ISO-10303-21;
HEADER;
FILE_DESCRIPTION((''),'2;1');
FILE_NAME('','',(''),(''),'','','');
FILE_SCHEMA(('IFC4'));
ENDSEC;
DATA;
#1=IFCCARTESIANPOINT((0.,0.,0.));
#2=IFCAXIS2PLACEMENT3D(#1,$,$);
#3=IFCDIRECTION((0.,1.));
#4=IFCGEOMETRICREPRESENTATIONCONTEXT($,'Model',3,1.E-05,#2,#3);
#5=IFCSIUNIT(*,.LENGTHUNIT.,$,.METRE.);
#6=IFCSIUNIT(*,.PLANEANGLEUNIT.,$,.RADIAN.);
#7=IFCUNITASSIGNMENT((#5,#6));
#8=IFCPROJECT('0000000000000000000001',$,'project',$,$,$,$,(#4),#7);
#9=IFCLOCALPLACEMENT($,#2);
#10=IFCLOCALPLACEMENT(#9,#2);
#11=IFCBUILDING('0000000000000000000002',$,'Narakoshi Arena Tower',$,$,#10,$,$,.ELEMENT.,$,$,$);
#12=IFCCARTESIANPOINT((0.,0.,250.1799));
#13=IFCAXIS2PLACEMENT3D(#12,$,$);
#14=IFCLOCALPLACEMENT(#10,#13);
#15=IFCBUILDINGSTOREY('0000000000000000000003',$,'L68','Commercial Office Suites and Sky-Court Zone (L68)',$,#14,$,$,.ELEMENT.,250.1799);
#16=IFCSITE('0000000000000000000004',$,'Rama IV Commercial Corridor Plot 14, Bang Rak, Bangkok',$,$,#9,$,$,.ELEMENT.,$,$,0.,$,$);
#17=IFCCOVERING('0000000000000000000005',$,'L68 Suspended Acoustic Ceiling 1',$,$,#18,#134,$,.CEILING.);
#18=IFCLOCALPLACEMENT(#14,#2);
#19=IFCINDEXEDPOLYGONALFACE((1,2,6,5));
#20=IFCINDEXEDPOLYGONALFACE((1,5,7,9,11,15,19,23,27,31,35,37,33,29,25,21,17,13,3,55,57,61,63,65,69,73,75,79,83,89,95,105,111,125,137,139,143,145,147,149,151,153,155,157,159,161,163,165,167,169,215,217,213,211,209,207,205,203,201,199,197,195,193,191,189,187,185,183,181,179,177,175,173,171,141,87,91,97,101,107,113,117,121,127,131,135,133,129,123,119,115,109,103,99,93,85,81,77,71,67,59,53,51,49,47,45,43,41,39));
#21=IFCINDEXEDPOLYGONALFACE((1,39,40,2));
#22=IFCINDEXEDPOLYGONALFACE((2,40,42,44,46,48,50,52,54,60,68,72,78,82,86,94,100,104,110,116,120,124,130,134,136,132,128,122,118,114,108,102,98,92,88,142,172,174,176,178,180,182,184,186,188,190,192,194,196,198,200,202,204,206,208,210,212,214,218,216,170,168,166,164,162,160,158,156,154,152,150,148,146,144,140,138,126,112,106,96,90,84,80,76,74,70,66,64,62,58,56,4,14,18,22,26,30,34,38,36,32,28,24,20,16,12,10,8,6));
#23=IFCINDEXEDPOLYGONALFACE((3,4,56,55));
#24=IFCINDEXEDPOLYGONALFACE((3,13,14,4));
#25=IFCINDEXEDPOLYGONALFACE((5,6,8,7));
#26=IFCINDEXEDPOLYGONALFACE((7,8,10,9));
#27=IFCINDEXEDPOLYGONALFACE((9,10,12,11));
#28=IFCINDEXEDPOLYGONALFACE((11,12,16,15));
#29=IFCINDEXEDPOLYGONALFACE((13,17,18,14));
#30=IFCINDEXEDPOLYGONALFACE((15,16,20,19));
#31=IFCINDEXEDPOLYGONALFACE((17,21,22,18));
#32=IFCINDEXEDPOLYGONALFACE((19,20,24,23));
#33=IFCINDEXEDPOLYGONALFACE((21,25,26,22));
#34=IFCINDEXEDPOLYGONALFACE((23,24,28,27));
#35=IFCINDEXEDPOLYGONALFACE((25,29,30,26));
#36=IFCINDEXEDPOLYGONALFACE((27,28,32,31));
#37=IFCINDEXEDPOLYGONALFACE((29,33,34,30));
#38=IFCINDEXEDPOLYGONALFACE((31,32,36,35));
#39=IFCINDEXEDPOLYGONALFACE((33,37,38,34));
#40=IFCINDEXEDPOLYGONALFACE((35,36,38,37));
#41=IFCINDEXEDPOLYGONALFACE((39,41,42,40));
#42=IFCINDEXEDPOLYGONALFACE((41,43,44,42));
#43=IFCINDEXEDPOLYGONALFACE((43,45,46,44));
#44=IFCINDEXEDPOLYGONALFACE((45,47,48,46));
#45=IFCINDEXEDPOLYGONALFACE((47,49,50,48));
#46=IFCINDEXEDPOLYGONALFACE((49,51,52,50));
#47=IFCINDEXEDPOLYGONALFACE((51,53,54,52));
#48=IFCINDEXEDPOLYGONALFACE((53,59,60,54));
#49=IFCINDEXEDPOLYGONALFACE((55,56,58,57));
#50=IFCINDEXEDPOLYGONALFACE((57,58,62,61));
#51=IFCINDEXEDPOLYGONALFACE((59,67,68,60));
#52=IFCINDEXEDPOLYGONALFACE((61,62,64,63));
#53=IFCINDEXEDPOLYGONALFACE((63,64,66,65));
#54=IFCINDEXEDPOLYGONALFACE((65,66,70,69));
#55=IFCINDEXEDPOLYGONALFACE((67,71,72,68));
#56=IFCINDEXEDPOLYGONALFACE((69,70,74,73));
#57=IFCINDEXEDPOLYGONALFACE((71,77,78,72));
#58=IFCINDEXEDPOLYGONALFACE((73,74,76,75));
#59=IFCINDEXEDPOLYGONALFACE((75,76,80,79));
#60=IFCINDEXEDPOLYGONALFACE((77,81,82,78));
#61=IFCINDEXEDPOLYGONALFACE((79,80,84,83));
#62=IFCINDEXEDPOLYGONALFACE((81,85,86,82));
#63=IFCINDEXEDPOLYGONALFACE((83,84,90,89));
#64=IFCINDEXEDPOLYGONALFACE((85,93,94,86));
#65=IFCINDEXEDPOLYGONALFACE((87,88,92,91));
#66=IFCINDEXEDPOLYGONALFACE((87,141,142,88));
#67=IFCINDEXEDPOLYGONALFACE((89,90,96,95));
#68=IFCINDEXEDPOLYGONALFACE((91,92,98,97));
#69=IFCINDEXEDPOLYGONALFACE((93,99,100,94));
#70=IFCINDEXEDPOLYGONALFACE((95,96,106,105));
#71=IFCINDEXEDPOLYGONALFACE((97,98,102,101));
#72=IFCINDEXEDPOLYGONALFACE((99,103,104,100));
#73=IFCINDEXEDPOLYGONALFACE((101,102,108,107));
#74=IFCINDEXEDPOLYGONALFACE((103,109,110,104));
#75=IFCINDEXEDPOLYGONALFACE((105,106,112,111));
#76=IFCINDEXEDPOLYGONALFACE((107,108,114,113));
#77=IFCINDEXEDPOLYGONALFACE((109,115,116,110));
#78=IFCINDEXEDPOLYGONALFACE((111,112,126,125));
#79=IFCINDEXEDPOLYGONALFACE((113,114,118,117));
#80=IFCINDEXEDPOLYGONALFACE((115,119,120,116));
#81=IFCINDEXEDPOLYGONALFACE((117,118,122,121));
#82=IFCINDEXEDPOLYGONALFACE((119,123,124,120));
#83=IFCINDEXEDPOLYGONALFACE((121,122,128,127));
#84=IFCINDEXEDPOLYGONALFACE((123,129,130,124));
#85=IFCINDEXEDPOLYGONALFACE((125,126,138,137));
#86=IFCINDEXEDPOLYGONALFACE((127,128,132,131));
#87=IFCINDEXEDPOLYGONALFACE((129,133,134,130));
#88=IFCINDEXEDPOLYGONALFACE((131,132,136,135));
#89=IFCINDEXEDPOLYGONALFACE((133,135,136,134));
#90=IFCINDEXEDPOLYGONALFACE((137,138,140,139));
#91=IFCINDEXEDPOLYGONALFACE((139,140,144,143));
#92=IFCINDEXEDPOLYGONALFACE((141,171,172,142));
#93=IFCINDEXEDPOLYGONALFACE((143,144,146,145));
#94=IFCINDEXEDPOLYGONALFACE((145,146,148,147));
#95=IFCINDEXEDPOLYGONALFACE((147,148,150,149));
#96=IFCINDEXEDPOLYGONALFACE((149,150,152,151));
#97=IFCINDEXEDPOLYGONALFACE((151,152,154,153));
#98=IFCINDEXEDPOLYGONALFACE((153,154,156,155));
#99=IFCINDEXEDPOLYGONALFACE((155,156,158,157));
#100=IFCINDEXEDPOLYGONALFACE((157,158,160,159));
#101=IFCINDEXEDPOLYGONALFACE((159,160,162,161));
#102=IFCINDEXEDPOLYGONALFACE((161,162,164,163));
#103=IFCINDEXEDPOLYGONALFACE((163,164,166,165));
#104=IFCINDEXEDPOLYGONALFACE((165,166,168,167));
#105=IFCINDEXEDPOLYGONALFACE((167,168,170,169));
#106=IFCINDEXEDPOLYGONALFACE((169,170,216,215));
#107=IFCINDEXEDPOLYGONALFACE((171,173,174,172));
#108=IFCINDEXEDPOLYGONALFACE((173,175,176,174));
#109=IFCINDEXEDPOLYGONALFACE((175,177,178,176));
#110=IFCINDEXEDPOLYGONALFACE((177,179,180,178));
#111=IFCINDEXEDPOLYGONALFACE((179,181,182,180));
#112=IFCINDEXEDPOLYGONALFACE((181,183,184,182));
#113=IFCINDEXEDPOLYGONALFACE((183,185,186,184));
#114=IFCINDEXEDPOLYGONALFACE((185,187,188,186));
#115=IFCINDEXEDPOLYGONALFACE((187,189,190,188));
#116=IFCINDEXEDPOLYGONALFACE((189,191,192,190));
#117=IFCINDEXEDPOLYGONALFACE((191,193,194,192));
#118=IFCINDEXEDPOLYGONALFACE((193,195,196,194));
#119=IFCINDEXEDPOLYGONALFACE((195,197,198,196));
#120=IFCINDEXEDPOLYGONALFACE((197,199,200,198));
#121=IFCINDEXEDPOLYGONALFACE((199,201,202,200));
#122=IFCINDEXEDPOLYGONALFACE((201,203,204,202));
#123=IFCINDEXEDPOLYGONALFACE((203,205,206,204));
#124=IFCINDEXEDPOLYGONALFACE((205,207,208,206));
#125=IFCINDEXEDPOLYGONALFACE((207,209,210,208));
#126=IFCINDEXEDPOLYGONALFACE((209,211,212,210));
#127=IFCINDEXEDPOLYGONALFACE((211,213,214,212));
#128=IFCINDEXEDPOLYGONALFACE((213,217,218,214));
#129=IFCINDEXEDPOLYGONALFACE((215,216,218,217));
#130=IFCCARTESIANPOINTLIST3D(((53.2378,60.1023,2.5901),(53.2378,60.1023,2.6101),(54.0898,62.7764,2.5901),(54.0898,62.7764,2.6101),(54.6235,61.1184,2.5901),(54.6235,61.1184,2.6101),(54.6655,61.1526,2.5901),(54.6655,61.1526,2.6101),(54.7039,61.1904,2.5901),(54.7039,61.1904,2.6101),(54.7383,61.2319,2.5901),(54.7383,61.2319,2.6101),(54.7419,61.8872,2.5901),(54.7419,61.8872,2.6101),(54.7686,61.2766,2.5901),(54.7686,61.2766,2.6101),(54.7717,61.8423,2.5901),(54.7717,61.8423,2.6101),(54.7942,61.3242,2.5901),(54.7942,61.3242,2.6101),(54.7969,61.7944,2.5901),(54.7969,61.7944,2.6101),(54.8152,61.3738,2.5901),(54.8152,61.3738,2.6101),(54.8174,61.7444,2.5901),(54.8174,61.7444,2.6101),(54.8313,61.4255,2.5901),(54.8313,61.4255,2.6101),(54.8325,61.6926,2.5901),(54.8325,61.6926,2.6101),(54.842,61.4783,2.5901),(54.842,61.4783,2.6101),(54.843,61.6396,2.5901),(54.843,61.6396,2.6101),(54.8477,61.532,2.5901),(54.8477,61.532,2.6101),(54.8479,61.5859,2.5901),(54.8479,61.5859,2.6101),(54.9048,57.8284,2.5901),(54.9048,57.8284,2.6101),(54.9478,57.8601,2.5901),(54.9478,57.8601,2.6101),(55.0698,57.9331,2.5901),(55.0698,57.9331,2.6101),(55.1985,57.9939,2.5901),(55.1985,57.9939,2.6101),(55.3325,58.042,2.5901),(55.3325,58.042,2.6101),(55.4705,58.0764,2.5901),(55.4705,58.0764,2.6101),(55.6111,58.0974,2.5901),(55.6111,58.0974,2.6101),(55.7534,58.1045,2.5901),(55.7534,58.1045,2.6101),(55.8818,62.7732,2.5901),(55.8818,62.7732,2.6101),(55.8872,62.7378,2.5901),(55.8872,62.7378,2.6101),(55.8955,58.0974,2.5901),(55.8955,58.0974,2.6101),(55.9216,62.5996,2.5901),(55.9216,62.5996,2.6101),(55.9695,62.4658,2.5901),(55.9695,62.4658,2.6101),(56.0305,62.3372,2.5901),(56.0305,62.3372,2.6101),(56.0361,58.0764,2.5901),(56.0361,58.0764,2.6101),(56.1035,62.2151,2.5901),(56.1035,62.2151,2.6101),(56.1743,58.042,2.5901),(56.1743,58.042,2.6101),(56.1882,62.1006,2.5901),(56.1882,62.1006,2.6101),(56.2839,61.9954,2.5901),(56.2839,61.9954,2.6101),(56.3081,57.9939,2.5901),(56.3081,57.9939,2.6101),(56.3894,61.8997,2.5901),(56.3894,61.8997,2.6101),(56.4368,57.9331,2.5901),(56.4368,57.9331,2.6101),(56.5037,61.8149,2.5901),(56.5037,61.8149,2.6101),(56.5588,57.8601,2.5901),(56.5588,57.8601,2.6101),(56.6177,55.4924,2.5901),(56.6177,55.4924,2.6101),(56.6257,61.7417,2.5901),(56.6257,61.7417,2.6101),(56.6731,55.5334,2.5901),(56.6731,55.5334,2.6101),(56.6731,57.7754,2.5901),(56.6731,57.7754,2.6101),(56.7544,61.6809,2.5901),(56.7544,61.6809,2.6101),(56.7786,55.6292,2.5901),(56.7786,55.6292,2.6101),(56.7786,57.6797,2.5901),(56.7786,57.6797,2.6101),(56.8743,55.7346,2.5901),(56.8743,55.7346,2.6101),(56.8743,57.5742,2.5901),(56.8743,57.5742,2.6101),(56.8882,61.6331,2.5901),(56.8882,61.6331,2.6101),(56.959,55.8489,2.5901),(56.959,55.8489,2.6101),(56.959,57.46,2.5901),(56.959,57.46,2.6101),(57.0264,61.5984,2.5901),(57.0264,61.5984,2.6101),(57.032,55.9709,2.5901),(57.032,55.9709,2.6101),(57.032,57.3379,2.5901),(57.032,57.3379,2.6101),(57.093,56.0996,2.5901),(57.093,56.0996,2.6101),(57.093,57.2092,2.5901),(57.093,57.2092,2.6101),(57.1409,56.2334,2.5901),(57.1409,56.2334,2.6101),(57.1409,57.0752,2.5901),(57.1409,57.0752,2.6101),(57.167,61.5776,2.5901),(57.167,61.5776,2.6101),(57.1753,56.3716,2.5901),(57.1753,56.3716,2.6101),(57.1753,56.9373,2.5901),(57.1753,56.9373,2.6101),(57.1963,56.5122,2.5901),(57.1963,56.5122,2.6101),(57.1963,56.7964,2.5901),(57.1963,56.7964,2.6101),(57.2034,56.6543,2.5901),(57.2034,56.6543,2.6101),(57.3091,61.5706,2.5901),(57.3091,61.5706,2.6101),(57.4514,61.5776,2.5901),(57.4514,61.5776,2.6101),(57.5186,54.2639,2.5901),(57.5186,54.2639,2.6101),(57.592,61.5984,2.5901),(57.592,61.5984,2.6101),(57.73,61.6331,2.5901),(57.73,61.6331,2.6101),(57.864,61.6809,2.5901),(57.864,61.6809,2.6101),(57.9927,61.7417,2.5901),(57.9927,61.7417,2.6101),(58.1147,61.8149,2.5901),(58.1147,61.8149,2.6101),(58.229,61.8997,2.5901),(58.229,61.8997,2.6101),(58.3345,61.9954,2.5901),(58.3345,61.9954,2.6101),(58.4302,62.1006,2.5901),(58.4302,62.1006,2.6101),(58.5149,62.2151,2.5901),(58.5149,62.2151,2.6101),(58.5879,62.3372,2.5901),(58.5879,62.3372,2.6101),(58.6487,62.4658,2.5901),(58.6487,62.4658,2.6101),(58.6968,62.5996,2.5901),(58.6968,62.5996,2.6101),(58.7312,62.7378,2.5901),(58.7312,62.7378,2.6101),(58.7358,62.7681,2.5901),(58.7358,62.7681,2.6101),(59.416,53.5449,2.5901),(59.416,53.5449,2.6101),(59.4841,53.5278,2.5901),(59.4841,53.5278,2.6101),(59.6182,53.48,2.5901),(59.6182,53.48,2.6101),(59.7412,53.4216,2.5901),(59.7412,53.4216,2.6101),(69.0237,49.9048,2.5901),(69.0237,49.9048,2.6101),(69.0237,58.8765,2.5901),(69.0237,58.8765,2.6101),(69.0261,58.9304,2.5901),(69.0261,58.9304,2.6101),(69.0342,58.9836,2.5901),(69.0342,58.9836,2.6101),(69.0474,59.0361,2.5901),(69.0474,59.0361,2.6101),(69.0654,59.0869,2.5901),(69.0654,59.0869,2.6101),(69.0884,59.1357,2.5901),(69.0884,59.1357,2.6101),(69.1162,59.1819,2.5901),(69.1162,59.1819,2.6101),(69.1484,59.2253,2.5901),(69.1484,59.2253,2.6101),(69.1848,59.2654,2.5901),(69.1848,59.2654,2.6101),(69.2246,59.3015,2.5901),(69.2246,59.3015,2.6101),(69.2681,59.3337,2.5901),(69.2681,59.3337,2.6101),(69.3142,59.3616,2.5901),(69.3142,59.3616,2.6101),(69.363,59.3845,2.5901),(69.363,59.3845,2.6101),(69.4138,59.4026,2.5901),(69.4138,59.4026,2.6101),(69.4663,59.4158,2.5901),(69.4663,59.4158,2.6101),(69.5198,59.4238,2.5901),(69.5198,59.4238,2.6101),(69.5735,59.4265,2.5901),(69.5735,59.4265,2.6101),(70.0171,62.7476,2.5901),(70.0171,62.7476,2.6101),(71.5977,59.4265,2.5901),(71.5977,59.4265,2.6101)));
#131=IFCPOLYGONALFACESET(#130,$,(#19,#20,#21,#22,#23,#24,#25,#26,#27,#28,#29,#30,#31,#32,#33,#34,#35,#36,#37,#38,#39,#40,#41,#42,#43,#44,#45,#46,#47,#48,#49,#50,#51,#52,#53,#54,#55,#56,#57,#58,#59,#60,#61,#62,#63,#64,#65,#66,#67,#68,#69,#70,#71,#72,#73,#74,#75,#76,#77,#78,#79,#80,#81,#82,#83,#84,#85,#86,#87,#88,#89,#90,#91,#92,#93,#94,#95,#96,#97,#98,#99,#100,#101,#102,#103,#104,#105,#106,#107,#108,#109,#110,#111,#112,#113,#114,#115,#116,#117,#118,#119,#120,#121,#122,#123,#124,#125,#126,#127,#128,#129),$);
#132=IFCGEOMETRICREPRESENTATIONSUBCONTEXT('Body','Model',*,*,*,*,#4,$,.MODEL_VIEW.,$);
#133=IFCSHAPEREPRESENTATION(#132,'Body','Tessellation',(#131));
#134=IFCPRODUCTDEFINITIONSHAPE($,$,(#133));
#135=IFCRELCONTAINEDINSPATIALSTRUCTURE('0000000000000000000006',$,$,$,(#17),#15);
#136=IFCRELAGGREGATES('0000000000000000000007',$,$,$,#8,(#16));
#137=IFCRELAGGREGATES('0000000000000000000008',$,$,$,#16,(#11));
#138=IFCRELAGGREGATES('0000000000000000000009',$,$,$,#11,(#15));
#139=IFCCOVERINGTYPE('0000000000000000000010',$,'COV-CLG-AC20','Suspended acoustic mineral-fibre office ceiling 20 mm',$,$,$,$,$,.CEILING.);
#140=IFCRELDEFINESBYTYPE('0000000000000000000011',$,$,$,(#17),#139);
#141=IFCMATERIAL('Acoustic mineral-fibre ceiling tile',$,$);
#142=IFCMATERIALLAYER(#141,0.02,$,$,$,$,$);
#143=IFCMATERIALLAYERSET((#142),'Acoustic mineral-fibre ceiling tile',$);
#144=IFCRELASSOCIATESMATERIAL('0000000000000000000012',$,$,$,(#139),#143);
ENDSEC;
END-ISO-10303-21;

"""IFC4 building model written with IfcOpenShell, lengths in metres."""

from ifc_helpers import new_model, si_unit, direction, frame, origin, place, context, subcontext, project, spatial, polyline, outline, extrude, material, layer, layer_set, type_object, element, save


model = new_model("IFC4")

# Units and contexts
model_context = context("Model", 3, precision=1e-05, world=origin(), true_north=direction((0.0, 1.0)))
body_context = subcontext(model_context, "Body", "Model", "MODEL_VIEW")
ifc_project = project(units=[si_unit("LENGTHUNIT", "METRE"), si_unit("PLANEANGLEUNIT", "RADIAN")], contexts=[model_context])

# Site, building, storey
site_placement = place(None, origin())
site = spatial("IfcSite", under=ifc_project, at=site_placement, Name="Rama IV Commercial Corridor Plot 14, Bang Rak, Bangkok", CompositionType="ELEMENT", RefElevation=0.0)
building_placement = place(site_placement, origin())
building = spatial("IfcBuilding", under=site, at=building_placement, Name="Narakoshi Arena Tower", CompositionType="ELEMENT")
storey_placement = place(building_placement, frame((0.0, 0.0, 250.1799)))
storey = spatial("IfcBuildingStorey", under=building, at=storey_placement, Name="L68", Description="Commercial Office Suites and Sky-Court Zone (L68)", CompositionType="ELEMENT", Elevation=250.1799)

# Covering
ifc_material_1 = material(Name="Acoustic mineral-fibre ceiling tile")
ifc_layer_1 = layer(ifc_material_1, 0.02)
ifc_layer_set_1 = layer_set([ifc_layer_1], Name="Acoustic mineral-fibre ceiling tile")
covering_type_1 = type_object("IfcCoveringType", Name="COV-CLG-AC20", Description="Suspended acoustic mineral-fibre office ceiling 20 mm", PredefinedType="CEILING", material=ifc_layer_set_1)
covering_1_placement = place(storey_placement, frame((0.0, 0.0, 2.5901)))
element("IfcCovering", 1, at=covering_1_placement, inside=storey, type_object=covering_type_1, Name="L68 Suspended Acoustic Ceiling 1", PredefinedType="CEILING", context=body_context, shape_type="SweptSolid", body=[
    extrude(outline(polyline([(55.8818, 62.7732), (55.8872, 62.7378), (55.9216, 62.5996), (55.9695, 62.4658), (56.0305, 62.3372), (56.1035, 62.2151), (56.1882, 62.1006), (56.2839, 61.9954), (56.3894, 61.8997), (56.5037, 61.8149), (56.6257, 61.7417), (56.7544, 61.6809), (56.8882, 61.6331), (57.0264, 61.5984), (57.167, 61.5776), (57.3091, 61.5706), (57.4514, 61.5776), (57.592, 61.5984), (57.73, 61.6331), (57.864, 61.6809), (57.9927, 61.7417), (58.1147, 61.8149), (58.229, 61.8997), (58.3345, 61.9954), (58.4302, 62.1006), (58.5149, 62.2151), (58.5879, 62.3372), (58.6487, 62.4658), (58.6968, 62.5996), (58.7312, 62.7378), (58.7358, 62.7681), (70.0171, 62.7476), (71.5977, 59.4265), (69.5735, 59.4265), (69.5198, 59.4238), (69.4663, 59.4158), (69.4138, 59.4026), (69.363, 59.3845), (69.3142, 59.3616), (69.2681, 59.3337), (69.2246, 59.3015), (69.1848, 59.2654), (69.1484, 59.2253), (69.1162, 59.1819), (69.0884, 59.1357), (69.0654, 59.0869), (69.0474, 59.0361), (69.0342, 58.9836), (69.0261, 58.9304), (69.0237, 58.8765), (69.0237, 49.9048), (59.7412, 53.4216), (59.6182, 53.48), (59.4841, 53.5278), (59.416, 53.5449), (57.5186, 54.2639), (56.6177, 55.4924), (56.6731, 55.5334), (56.7786, 55.6292), (56.8743, 55.7346), (56.959, 55.8489), (57.032, 55.9709), (57.093, 56.0996), (57.1409, 56.2334), (57.1753, 56.3716), (57.1963, 56.5122), (57.2034, 56.6543), (57.1963, 56.7964), (57.1753, 56.9373), (57.1409, 57.0752), (57.093, 57.2092), (57.032, 57.3379), (56.959, 57.46), (56.8743, 57.5742), (56.7786, 57.6797), (56.6731, 57.7754), (56.5588, 57.8601), (56.4368, 57.9331), (56.3081, 57.9939), (56.1743, 58.042), (56.0361, 58.0764), (55.8955, 58.0974), (55.7534, 58.1045), (55.6111, 58.0974), (55.4705, 58.0764), (55.3325, 58.042), (55.1985, 57.9939), (55.0698, 57.9331), (54.9478, 57.8601), (54.9048, 57.8284), (53.2378, 60.1023), (54.6235, 61.1184), (54.6655, 61.1526), (54.7039, 61.1904), (54.7383, 61.2319), (54.7686, 61.2766), (54.7942, 61.3242), (54.8152, 61.3738), (54.8313, 61.4255), (54.842, 61.4783), (54.8477, 61.532), (54.8479, 61.5859), (54.843, 61.6396), (54.8325, 61.6926), (54.8174, 61.7444), (54.7969, 61.7944), (54.7717, 61.8423), (54.7419, 61.8872), (54.0898, 62.7764), (55.8818, 62.7732)])), origin(), (0.0, 0.0, 1.0), 0.02),
])

save(model, "model.ifc")
